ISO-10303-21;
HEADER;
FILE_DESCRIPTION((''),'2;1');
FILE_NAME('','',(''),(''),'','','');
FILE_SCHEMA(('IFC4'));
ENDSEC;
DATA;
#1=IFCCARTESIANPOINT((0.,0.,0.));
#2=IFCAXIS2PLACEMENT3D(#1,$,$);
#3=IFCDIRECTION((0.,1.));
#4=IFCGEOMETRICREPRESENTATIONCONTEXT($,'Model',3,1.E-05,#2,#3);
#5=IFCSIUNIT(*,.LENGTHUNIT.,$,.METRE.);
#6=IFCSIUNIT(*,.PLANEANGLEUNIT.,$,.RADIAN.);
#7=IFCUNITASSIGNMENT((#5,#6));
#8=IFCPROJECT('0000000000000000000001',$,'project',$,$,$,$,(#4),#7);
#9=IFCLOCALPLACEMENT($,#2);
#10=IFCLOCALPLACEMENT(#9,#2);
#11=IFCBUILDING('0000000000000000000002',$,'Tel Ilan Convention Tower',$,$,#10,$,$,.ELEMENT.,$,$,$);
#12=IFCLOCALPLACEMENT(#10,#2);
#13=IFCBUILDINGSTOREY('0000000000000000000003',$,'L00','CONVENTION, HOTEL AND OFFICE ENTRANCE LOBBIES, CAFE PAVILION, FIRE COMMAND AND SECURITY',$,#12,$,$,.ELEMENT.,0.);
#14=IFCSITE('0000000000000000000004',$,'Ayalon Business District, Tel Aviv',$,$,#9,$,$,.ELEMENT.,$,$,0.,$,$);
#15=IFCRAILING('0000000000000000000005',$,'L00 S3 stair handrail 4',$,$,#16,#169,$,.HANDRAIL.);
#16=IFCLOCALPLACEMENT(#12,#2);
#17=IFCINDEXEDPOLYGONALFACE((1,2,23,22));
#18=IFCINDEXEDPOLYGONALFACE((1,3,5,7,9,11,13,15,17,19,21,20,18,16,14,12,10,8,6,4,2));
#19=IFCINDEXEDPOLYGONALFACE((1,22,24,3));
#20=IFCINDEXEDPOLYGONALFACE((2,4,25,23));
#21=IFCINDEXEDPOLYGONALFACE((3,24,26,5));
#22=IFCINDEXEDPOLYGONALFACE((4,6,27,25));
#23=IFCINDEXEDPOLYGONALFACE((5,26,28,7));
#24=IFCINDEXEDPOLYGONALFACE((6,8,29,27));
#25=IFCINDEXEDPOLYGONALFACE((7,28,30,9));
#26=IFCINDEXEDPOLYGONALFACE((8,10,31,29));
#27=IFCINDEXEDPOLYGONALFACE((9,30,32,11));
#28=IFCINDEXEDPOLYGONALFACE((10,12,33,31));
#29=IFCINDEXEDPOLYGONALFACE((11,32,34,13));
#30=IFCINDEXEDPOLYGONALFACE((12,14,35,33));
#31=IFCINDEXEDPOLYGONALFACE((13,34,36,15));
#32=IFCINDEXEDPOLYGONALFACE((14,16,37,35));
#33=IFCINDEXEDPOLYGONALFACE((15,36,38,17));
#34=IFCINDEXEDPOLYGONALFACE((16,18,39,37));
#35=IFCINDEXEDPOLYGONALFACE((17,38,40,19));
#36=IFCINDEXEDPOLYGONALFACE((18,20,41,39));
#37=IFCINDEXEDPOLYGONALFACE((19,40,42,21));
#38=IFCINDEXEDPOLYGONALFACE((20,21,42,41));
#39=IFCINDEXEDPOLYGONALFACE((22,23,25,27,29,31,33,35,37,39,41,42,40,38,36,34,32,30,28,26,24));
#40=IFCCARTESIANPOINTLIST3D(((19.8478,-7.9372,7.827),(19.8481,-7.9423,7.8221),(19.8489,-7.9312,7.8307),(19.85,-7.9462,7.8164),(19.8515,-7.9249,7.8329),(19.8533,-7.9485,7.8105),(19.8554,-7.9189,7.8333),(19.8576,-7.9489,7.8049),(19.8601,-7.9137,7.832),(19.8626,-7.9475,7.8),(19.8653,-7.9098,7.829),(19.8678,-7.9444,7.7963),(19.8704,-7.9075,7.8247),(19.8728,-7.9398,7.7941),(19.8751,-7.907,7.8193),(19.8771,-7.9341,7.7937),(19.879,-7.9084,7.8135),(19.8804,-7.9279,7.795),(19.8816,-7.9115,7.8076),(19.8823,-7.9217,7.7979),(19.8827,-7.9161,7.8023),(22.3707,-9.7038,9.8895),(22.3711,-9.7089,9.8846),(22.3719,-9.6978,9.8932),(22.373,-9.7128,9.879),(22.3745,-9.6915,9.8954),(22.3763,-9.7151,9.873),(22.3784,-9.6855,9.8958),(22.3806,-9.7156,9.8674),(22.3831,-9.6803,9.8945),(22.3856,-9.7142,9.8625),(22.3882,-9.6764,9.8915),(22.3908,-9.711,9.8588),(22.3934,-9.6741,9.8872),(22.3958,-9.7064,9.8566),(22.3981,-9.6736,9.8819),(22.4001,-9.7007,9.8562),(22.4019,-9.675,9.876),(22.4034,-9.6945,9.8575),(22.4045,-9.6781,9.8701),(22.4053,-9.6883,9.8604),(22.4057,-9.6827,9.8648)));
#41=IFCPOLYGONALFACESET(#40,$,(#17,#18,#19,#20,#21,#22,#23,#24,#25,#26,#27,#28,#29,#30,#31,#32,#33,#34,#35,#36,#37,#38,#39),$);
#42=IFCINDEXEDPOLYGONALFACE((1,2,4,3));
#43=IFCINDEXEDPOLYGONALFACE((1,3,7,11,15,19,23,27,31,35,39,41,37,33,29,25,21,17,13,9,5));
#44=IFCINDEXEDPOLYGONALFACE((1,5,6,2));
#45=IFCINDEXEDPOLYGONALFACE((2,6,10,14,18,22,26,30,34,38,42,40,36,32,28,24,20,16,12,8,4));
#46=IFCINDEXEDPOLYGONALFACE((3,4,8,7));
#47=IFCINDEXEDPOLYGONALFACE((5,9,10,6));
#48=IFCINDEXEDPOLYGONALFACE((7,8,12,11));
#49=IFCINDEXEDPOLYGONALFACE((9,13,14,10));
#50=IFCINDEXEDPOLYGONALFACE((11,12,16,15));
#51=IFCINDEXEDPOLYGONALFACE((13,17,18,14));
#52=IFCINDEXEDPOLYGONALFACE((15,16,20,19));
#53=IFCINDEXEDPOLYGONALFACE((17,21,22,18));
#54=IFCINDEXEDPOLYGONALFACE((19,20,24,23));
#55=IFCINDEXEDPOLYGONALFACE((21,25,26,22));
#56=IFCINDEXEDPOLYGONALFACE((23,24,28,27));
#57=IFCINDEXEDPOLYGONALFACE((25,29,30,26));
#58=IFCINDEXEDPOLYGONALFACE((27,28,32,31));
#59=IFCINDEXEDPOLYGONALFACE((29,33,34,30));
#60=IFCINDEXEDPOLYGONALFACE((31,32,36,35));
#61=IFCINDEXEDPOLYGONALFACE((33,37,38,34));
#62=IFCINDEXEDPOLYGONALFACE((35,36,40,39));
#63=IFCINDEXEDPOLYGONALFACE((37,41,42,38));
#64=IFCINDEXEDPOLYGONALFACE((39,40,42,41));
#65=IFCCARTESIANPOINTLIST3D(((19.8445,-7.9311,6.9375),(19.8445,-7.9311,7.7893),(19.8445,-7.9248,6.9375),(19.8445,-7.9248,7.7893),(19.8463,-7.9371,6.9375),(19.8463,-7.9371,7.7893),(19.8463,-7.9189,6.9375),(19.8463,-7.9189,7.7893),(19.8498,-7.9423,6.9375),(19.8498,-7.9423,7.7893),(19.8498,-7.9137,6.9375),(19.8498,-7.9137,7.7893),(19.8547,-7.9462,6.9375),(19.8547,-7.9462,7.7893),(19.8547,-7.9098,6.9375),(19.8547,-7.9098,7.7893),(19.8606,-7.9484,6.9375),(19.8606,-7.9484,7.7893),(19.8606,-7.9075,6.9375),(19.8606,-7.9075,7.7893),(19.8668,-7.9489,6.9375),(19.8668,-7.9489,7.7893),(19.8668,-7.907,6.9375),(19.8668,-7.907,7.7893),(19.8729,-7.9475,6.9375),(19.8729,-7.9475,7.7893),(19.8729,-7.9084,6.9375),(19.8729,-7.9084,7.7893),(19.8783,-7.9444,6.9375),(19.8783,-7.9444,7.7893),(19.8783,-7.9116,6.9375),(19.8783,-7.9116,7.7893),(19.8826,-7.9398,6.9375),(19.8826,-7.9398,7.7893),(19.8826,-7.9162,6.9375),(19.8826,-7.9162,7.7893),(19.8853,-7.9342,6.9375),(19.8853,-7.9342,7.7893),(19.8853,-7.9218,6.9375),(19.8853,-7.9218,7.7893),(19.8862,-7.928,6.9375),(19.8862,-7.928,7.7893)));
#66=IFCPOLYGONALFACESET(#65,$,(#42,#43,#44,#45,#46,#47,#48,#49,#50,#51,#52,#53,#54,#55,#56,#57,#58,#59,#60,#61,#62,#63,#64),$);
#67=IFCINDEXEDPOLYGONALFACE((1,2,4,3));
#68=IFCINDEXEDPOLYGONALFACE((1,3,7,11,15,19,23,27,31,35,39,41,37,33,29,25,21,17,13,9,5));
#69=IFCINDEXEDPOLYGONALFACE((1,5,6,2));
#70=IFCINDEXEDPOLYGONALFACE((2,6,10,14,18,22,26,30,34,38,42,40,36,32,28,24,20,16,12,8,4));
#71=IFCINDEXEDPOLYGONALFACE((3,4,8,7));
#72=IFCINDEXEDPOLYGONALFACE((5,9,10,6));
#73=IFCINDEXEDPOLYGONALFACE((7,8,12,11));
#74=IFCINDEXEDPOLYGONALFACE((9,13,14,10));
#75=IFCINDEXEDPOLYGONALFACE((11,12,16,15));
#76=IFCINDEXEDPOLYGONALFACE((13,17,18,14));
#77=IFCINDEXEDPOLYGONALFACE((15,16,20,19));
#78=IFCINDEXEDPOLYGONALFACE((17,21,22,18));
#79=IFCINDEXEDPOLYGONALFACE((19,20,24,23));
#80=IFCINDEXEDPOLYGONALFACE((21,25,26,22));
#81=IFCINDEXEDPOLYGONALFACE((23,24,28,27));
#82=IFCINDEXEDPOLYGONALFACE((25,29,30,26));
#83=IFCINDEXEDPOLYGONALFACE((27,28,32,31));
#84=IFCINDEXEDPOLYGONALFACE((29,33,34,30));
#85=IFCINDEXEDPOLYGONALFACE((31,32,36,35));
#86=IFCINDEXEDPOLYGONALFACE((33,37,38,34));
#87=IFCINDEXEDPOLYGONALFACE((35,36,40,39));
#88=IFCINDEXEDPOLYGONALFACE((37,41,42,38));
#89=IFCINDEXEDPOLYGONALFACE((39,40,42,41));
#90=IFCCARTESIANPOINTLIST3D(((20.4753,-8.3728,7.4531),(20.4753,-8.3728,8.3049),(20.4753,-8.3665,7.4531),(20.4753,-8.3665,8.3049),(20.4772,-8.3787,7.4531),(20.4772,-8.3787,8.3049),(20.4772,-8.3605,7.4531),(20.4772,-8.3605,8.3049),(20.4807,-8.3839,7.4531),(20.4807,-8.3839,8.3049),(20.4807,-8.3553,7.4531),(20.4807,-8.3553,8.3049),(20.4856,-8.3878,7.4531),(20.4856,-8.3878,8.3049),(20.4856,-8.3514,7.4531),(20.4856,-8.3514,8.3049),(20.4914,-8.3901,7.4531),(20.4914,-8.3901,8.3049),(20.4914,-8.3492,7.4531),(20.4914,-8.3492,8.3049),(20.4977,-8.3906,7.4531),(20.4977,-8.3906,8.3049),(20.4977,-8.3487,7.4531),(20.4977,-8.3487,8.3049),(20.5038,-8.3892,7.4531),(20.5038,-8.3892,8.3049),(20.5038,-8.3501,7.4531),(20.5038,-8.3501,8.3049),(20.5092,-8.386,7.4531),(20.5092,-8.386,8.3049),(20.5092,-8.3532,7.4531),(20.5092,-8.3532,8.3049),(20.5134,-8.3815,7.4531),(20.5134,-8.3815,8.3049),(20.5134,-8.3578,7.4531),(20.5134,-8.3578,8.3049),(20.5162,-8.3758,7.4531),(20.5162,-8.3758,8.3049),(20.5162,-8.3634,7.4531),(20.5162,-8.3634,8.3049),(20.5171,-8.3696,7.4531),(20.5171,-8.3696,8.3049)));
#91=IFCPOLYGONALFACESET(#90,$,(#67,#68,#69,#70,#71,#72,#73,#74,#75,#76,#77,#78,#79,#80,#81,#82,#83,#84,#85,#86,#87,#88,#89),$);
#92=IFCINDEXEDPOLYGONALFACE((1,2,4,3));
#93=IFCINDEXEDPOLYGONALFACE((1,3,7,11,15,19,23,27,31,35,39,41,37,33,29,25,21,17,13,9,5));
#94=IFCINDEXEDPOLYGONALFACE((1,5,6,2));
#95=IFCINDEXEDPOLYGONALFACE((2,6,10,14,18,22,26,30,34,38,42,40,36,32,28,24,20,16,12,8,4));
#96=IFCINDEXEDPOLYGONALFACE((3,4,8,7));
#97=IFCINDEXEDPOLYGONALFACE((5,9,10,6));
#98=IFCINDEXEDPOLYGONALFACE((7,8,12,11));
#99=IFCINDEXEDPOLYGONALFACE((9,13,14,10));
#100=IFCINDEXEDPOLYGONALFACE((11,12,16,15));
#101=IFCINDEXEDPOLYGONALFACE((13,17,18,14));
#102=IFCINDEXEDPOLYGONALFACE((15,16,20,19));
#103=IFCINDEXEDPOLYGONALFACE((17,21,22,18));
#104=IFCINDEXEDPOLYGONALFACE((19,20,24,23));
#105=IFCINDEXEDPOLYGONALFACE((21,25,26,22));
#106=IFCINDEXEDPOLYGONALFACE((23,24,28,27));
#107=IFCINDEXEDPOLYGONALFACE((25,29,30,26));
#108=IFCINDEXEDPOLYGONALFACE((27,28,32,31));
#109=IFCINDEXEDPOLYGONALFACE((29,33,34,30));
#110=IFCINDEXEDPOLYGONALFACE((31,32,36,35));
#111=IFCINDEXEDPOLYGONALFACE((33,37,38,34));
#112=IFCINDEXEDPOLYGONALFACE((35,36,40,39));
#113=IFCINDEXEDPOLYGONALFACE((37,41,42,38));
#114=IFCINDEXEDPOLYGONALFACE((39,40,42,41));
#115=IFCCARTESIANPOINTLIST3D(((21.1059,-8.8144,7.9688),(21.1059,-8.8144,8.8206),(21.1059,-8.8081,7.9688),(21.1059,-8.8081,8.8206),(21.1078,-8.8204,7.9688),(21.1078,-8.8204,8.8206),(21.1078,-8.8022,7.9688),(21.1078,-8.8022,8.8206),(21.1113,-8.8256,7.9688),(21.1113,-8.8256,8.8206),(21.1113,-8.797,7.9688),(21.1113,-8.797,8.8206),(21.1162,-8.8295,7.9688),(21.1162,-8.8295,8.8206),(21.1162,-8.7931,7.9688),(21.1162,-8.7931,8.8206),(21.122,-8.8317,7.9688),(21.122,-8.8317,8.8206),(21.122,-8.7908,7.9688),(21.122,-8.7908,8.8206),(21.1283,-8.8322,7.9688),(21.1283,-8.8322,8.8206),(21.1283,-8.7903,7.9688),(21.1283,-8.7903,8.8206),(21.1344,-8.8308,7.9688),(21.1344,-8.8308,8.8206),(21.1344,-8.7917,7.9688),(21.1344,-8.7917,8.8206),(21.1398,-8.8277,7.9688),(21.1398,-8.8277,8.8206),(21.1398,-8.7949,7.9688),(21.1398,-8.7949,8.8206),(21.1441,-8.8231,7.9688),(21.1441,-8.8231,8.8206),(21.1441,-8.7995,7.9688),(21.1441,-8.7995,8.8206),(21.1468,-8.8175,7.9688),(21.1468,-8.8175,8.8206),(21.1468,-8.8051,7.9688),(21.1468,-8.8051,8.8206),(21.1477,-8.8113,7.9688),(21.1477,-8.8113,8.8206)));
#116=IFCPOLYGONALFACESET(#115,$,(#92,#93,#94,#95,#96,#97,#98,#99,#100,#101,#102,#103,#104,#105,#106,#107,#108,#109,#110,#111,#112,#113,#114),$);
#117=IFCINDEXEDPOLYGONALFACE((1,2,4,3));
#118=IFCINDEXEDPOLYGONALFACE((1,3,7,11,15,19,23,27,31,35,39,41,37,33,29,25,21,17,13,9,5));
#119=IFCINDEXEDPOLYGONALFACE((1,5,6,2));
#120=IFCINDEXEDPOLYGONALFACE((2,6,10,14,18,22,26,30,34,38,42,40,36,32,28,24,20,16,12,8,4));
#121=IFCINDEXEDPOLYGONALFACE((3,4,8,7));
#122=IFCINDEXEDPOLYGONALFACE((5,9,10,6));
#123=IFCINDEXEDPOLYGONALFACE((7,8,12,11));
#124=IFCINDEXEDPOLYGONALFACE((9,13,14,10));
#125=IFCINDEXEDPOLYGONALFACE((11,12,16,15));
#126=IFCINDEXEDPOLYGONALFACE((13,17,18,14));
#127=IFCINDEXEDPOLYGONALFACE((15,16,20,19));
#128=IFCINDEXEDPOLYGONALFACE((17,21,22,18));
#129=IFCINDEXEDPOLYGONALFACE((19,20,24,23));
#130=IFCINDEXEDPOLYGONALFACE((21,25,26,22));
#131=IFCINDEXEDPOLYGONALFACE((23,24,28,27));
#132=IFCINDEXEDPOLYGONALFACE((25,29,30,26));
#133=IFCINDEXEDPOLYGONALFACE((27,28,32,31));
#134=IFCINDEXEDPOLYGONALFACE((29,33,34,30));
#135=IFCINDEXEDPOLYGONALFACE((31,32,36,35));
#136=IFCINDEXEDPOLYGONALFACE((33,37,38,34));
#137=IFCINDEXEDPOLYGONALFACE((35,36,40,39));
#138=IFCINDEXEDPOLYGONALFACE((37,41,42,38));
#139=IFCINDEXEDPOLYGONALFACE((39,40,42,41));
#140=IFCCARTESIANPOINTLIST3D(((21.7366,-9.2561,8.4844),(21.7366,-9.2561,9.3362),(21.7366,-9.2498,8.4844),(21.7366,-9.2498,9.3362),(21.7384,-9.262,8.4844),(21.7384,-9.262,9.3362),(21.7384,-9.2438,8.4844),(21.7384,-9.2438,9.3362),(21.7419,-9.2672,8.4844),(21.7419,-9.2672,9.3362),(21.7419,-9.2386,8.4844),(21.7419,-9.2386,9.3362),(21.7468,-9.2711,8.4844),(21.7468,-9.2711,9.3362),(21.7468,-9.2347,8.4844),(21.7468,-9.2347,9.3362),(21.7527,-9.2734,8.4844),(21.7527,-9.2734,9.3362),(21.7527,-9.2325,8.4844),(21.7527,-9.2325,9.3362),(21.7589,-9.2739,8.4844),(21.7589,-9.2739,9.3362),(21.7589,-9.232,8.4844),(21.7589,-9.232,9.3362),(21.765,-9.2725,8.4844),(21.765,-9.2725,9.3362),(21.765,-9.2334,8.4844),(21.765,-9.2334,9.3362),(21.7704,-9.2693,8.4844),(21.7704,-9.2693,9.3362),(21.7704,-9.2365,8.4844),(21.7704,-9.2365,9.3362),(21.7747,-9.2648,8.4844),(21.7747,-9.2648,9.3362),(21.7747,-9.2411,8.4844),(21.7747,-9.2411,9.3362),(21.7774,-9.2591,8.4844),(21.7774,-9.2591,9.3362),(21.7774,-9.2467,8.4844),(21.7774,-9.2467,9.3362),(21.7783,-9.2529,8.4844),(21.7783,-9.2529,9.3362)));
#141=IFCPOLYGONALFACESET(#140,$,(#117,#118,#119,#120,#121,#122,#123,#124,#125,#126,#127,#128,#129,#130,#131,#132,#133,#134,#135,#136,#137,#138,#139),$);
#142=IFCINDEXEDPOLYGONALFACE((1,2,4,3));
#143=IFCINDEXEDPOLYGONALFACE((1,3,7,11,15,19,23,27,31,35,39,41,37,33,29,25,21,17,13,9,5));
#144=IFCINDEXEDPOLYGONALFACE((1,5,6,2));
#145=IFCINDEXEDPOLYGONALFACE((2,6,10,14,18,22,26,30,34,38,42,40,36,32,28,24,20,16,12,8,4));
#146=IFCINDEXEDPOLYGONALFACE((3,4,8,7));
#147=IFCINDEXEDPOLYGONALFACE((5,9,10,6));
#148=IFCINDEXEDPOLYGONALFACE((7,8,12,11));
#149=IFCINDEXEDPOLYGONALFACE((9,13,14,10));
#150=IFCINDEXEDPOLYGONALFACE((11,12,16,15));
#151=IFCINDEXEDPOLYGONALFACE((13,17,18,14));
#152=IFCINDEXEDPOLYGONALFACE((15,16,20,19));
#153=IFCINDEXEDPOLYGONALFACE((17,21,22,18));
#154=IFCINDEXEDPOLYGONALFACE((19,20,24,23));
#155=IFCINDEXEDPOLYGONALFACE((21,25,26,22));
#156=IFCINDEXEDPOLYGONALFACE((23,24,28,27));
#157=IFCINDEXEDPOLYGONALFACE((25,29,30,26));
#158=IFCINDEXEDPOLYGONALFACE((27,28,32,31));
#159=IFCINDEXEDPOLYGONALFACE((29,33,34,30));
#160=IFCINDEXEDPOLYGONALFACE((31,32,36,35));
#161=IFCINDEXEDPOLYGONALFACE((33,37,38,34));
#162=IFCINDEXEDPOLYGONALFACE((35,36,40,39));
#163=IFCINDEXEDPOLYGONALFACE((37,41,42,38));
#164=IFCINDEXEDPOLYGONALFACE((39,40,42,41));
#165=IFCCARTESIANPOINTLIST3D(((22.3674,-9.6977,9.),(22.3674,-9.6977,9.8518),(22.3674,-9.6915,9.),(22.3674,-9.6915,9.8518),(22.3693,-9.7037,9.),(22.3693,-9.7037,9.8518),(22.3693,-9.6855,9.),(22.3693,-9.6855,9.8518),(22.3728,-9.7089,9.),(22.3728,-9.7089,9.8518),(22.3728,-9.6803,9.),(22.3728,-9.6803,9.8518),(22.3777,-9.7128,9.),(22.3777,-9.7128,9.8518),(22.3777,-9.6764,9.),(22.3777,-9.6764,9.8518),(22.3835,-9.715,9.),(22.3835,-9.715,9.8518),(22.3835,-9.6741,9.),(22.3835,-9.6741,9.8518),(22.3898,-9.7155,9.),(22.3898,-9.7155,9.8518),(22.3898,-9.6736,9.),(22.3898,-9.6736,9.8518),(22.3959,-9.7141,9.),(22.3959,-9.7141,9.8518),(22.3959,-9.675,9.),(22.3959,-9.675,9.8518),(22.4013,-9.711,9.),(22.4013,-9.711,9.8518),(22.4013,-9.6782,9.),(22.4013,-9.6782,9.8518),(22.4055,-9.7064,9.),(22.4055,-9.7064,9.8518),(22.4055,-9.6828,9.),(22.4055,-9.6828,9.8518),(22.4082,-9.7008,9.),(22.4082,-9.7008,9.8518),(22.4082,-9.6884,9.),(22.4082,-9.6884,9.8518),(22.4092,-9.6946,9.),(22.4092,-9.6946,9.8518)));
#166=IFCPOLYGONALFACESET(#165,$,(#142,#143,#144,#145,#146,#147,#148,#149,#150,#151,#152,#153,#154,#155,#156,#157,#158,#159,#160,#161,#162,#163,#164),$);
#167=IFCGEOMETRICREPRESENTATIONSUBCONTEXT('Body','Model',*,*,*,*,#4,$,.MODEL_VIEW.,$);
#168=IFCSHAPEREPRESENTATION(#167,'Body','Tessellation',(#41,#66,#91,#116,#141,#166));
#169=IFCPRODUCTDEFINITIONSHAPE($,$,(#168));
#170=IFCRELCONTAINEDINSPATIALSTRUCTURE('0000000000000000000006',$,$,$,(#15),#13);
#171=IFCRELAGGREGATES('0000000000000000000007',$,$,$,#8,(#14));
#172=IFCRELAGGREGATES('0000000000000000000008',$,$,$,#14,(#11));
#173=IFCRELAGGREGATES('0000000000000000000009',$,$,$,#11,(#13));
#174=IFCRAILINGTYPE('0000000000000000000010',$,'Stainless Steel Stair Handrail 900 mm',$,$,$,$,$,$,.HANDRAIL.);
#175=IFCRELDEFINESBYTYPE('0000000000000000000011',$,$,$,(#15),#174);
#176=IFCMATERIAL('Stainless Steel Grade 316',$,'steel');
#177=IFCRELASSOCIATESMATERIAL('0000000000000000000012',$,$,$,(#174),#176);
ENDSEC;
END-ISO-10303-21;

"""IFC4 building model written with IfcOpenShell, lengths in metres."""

from ifc_helpers import new_model, si_unit, direction, frame, origin, origin_2d, place, context, subcontext, project, spatial, circle, extrude, material, type_object, element, save


model = new_model("IFC4")

# Units and contexts
model_context = context("Model", 3, precision=1e-05, world=origin(), true_north=direction((0.0, 1.0)))
body_context = subcontext(model_context, "Body", "Model", "MODEL_VIEW")
ifc_project = project(units=[si_unit("LENGTHUNIT", "METRE"), si_unit("PLANEANGLEUNIT", "RADIAN")], contexts=[model_context])

# Site, building, storey
site_placement = place(None, origin())
site = spatial("IfcSite", under=ifc_project, at=site_placement, Name="Ayalon Business District, Tel Aviv", CompositionType="ELEMENT", RefElevation=0.0)
building_placement = place(site_placement, origin())
building = spatial("IfcBuilding", under=site, at=building_placement, Name="Tel Ilan Convention Tower", CompositionType="ELEMENT")
storey_placement = place(building_placement, origin())
storey = spatial("IfcBuildingStorey", under=building, at=storey_placement, Name="L00", Description="CONVENTION, HOTEL AND OFFICE ENTRANCE LOBBIES, CAFE PAVILION, FIRE COMMAND AND SECURITY", CompositionType="ELEMENT", Elevation=0.0)

# Railing
ifc_material_1 = material(Name="Stainless Steel Grade 316", Category="steel")
railing_type_1 = type_object("IfcRailingType", Name="Stainless Steel Stair Handrail 900 mm", PredefinedType="HANDRAIL", material=ifc_material_1)
for number, where, name in (
    (1, (19.8652, -7.928, 6.9375), "L00 S3 stair handrail 4"),
):
    element("IfcRailing", number, at=place(storey_placement, frame(where)), inside=storey, type_object=railing_type_1, Name=name, PredefinedType="HANDRAIL", context=body_context, shape_type="SweptSolid", body=[
        extrude(circle(Radius=0.0239, at=origin_2d()), frame((0.0, 0.0, 0.876), z_axis=(0.680635, -0.476589, 0.556416), x_axis=(0.573579, 0.81915, 0.0)), (0.0, 0.0, 1.0), 3.7068),
        extrude(circle(Radius=0.021, at=origin_2d()), origin(), (0.0, 0.0, 1.0), 0.8518),
        extrude(circle(Radius=0.021, at=origin_2d()), frame((0.6309, -0.4417, 0.5156)), (0.0, 0.0, 1.0), 0.8518),
        extrude(circle(Radius=0.021, at=origin_2d()), frame((1.2615, -0.8833, 1.0312)), (0.0, 0.0, 1.0), 0.8518),
        extrude(circle(Radius=0.021, at=origin_2d()), frame((1.8921, -1.325, 1.5469)), (0.0, 0.0, 1.0), 0.8518),
        extrude(circle(Radius=0.021, at=origin_2d()), frame((2.5229, -1.7666, 2.0625)), (0.0, 0.0, 1.0), 0.8518),
    ])

save(model, "model.ifc")
